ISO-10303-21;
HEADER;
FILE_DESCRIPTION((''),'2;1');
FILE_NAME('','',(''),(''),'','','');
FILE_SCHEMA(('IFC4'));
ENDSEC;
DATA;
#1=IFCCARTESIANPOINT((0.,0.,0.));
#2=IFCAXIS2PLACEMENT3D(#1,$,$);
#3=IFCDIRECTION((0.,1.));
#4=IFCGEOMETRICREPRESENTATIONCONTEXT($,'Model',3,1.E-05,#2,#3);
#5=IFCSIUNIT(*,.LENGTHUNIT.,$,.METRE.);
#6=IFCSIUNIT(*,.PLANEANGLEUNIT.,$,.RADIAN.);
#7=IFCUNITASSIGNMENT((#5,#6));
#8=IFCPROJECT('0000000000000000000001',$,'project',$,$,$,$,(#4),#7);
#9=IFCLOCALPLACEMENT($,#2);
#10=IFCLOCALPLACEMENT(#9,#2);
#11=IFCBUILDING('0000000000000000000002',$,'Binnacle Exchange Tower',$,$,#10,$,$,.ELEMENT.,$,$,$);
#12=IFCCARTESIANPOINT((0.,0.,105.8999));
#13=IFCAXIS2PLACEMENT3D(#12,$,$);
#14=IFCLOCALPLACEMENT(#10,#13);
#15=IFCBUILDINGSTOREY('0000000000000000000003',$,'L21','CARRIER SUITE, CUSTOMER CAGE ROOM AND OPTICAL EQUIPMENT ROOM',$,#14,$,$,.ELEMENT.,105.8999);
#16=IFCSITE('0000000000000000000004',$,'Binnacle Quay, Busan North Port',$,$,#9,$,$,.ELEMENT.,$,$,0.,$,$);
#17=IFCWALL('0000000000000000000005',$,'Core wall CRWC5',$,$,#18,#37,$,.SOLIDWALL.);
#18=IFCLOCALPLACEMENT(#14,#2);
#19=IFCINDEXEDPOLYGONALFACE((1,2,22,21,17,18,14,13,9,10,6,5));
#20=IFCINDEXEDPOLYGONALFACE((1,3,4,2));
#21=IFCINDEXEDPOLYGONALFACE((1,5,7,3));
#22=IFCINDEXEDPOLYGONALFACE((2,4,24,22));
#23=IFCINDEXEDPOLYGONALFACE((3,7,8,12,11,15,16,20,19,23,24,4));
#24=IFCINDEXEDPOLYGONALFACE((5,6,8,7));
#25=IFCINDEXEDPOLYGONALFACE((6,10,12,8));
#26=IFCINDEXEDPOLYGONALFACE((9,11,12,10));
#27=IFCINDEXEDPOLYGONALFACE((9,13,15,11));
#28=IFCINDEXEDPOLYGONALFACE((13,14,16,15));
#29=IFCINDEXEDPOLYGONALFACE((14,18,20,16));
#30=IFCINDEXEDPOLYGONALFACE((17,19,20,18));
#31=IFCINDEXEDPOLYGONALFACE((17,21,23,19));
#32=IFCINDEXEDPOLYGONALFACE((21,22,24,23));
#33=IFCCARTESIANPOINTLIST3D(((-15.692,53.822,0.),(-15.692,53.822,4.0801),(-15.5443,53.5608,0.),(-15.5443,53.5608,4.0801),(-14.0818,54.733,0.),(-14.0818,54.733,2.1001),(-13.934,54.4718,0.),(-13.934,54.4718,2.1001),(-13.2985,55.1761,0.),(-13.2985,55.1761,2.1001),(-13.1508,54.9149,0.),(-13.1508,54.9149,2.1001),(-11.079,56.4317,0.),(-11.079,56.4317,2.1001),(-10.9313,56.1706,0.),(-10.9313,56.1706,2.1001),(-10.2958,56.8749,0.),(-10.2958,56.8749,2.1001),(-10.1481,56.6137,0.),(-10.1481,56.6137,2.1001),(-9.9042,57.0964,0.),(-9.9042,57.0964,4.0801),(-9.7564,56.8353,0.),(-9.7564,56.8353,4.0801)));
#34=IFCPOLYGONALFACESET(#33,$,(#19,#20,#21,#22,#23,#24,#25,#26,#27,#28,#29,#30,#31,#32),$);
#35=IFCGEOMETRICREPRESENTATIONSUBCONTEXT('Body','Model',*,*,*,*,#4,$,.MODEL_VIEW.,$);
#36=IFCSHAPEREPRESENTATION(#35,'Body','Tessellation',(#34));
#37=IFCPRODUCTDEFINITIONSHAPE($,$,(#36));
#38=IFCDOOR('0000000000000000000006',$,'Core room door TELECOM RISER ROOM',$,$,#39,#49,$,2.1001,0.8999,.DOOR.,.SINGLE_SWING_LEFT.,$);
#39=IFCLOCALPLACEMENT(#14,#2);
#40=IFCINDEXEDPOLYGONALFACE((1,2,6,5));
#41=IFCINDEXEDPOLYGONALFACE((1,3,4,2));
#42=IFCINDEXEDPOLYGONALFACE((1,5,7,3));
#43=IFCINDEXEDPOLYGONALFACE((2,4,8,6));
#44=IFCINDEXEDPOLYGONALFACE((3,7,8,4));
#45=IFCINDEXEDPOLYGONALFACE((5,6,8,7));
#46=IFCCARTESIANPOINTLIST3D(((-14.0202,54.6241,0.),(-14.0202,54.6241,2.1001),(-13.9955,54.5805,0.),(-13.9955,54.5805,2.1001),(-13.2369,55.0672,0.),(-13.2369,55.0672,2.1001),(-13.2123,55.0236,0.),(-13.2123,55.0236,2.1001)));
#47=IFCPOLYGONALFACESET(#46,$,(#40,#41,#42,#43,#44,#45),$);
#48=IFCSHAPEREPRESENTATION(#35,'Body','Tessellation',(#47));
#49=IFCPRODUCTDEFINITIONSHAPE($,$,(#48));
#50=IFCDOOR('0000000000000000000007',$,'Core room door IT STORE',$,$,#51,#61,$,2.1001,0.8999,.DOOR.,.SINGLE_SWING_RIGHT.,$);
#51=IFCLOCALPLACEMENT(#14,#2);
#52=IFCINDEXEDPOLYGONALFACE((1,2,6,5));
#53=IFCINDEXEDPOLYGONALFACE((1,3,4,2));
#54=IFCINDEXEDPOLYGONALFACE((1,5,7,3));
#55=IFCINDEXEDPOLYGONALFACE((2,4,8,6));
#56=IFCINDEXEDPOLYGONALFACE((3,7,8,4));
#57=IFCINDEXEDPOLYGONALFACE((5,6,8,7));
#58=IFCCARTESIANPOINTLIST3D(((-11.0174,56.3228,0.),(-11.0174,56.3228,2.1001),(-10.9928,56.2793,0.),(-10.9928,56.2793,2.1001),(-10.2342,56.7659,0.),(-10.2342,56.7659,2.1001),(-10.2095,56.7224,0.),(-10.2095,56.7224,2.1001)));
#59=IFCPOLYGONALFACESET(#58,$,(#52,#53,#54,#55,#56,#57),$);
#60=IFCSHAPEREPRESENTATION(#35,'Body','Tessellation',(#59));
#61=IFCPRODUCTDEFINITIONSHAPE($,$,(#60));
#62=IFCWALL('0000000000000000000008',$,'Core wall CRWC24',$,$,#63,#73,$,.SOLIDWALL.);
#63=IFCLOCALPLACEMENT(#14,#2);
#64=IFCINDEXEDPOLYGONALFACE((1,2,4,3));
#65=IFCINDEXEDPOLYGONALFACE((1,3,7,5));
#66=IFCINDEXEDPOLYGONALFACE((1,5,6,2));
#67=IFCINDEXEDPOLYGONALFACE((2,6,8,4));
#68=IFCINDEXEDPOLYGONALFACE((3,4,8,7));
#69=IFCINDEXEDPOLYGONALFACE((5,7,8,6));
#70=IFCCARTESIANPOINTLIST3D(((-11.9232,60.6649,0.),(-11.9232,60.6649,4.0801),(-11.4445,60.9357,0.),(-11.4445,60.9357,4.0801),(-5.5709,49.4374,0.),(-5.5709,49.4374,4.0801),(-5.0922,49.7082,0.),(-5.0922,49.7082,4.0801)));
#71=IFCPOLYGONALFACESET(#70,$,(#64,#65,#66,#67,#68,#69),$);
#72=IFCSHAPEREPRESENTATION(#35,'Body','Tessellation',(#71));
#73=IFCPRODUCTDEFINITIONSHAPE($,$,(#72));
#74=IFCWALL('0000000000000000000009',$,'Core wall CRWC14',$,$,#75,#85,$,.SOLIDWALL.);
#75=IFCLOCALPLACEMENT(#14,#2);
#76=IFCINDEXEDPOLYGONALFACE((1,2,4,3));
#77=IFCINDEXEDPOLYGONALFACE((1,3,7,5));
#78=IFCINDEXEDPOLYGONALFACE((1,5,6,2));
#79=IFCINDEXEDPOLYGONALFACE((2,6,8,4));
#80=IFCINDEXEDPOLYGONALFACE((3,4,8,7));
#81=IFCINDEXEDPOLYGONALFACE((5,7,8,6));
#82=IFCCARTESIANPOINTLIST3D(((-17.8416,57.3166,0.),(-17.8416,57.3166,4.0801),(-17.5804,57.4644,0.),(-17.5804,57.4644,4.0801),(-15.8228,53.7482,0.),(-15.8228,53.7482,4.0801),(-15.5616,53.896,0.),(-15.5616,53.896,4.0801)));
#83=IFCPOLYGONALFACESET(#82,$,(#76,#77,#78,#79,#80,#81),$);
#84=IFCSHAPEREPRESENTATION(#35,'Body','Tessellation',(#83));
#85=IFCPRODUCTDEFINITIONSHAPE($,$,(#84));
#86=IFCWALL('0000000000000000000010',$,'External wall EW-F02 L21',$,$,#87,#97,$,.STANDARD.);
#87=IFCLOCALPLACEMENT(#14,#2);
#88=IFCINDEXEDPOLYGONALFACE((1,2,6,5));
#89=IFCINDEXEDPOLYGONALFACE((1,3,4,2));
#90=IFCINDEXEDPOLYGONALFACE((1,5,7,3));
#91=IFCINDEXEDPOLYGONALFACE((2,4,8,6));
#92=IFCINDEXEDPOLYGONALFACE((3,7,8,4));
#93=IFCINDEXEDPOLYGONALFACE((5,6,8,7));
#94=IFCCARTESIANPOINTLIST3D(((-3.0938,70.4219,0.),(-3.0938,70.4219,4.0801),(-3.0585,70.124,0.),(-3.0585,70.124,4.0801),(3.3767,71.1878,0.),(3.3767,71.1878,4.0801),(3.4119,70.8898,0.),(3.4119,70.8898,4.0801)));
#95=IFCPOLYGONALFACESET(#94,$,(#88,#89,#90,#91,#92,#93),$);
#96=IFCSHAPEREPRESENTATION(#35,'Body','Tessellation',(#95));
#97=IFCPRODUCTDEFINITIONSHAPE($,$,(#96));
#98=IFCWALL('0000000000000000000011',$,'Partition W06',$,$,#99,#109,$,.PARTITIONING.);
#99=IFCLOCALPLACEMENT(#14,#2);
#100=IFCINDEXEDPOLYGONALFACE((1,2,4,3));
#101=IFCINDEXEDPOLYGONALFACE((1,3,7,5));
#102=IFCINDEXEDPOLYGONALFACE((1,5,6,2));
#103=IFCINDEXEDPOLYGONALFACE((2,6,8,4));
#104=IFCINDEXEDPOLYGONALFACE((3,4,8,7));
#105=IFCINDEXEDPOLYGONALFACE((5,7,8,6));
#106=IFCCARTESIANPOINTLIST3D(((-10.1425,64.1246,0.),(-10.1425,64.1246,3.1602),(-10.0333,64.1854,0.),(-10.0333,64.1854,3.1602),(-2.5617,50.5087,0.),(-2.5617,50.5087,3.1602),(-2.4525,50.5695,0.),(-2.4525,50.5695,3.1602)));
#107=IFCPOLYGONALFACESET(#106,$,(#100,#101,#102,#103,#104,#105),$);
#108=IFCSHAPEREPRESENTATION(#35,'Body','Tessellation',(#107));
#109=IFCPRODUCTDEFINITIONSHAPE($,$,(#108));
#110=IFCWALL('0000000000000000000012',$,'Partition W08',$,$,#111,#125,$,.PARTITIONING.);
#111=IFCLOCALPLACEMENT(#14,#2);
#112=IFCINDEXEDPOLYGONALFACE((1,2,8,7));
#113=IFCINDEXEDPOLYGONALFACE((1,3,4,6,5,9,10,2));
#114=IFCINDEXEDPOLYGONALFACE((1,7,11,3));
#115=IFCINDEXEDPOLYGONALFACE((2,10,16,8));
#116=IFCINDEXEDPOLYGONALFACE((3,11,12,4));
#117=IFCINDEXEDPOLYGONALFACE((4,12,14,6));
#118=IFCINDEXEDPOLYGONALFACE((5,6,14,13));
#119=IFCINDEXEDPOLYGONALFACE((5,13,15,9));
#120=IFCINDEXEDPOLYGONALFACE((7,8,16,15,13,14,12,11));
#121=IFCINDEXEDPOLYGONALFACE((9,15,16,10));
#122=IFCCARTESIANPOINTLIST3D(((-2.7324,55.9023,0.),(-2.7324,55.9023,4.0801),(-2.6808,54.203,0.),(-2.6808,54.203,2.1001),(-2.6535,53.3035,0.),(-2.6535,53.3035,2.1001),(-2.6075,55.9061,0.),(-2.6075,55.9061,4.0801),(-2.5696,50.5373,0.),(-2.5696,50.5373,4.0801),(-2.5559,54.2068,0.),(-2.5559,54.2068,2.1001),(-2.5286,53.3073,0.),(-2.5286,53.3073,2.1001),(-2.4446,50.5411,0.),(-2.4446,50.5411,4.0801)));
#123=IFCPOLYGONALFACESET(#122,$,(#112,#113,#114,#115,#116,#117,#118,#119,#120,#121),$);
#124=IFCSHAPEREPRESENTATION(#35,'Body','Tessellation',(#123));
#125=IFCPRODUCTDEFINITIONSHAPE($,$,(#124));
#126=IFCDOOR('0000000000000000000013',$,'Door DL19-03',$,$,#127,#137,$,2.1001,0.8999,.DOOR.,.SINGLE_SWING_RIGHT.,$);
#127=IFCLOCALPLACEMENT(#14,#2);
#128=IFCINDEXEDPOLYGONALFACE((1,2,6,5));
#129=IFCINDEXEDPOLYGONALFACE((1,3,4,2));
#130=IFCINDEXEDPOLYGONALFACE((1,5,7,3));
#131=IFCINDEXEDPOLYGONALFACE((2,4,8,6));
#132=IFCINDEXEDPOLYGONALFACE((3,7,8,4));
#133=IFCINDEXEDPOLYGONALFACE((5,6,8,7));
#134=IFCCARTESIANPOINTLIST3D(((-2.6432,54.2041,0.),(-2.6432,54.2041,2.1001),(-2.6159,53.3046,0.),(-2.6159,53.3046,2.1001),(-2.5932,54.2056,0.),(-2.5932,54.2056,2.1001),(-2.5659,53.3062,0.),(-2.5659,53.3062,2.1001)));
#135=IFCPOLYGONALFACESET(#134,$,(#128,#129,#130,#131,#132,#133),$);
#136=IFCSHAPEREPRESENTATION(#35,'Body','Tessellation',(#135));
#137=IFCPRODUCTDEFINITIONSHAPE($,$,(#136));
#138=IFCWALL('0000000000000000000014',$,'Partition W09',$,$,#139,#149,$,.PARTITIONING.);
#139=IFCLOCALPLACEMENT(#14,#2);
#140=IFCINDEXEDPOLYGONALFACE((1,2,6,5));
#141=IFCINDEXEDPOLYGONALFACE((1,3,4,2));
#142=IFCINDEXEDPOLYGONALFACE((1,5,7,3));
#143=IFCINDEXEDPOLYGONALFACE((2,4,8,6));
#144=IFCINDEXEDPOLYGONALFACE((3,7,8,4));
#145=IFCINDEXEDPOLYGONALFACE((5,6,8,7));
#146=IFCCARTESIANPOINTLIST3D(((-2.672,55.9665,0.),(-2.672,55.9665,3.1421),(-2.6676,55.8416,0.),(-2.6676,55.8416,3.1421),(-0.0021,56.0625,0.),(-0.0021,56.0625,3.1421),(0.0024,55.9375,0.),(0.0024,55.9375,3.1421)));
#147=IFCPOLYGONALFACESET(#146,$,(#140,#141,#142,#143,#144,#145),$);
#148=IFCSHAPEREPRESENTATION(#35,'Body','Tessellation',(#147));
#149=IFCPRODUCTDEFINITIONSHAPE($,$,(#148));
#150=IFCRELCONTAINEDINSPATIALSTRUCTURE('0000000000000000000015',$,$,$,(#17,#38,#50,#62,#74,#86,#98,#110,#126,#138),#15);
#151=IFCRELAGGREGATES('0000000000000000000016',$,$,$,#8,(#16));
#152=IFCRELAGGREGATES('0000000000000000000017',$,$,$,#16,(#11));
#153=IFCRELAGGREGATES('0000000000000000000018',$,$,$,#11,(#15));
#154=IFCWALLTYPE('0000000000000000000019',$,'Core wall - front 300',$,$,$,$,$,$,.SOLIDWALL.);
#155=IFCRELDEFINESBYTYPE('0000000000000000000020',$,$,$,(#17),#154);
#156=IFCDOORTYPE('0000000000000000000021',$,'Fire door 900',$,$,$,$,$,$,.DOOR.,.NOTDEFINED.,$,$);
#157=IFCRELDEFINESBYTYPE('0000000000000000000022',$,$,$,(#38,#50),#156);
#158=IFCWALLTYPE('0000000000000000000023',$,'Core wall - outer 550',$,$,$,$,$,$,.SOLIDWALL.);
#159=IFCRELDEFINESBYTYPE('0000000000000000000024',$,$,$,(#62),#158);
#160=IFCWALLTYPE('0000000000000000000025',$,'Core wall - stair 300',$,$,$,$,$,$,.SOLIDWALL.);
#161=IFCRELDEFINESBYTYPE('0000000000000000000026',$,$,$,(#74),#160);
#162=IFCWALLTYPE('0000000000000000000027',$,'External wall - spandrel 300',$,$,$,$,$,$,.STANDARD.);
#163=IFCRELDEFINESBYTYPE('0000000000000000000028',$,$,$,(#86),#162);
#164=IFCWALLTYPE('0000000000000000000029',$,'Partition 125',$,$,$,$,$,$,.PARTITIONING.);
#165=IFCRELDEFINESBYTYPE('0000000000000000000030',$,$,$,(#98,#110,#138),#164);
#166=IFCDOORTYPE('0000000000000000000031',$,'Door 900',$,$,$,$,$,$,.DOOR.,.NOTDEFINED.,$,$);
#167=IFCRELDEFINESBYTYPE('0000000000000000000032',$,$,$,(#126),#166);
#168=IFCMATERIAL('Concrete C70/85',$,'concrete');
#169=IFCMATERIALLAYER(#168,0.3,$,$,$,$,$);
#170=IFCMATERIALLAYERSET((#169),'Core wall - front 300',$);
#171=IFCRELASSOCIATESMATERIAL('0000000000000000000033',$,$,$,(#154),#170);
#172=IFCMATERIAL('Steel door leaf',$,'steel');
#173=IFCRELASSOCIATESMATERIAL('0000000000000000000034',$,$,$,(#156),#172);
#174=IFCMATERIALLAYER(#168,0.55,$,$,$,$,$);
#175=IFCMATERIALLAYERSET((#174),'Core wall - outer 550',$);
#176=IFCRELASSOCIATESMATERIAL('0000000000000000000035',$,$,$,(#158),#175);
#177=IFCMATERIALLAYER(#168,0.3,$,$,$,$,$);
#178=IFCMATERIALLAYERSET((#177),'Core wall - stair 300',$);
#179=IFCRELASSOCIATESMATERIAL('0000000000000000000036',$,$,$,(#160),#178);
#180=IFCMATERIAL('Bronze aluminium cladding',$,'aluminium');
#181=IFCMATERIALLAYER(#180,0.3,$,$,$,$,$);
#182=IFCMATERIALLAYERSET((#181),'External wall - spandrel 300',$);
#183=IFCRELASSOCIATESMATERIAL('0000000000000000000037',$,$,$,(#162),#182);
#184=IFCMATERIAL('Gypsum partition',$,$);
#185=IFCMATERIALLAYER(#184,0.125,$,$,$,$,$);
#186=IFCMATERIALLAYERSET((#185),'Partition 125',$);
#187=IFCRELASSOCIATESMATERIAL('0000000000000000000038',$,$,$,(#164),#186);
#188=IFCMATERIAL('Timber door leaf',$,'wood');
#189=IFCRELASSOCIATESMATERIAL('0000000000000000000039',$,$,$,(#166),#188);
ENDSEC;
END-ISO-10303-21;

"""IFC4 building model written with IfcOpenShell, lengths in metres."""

from ifc_helpers import new_model, si_unit, direction, frame, frame_2d, origin, place, context, subcontext, project, spatial, rectangle, extrude, material, layer, layer_set, type_object, element, fill, save


model = new_model("IFC4")

# Units and contexts
model_context = context("Model", 3, precision=1e-05, world=origin(), true_north=direction((0.0, 1.0)))
body_context = subcontext(model_context, "Body", "Model", "MODEL_VIEW")
ifc_project = project(units=[si_unit("LENGTHUNIT", "METRE"), si_unit("PLANEANGLEUNIT", "RADIAN")], contexts=[model_context])

# Site, building, storey
site_placement = place(None, origin())
site = spatial("IfcSite", under=ifc_project, at=site_placement, Name="Binnacle Quay, Busan North Port", CompositionType="ELEMENT", RefElevation=0.0)
building_placement = place(site_placement, origin())
building = spatial("IfcBuilding", under=site, at=building_placement, Name="Binnacle Exchange Tower", CompositionType="ELEMENT")
storey_placement = place(building_placement, frame((0.0, 0.0, 105.8999)))
storey = spatial("IfcBuildingStorey", under=building, at=storey_placement, Name="L21", Description="CARRIER SUITE, CUSTOMER CAGE ROOM AND OPTICAL EQUIPMENT ROOM", CompositionType="ELEMENT", Elevation=105.8999)

# Shared definitions
ifc_material_1 = material(Name="Concrete C70/85", Category="concrete")

# Wall, openings, doors
ifc_layer_1 = layer(ifc_material_1, 0.3)
ifc_layer_set_1 = layer_set([ifc_layer_1], Name="Core wall - front 300")
wall_type_1 = type_object("IfcWallType", Name="Core wall - front 300", PredefinedType="SOLIDWALL", material=ifc_layer_set_1)
wall_1_placement = place(storey_placement, frame((-15.6182, 53.6914, 0.0), z_axis=(0.0, 0.0, 1.0), x_axis=(0.870368, 0.492402, 0.0)))
wall_1 = element("IfcWall", 1, at=wall_1_placement, inside=storey, type_object=wall_type_1, Name="Core wall CRWC5", PredefinedType="SOLIDWALL", context=body_context, shape_type="SweptSolid", body=[
    extrude(rectangle(XDim=6.6499, YDim=0.3, at=frame_2d((3.325, 0.0))), origin(), (0.0, 0.0, 1.0), 4.0801),
])
opening_1_placement = place(wall_1_placement, frame((1.8501, 0.0, 0.0)))
opening_1 = element("IfcOpeningElement", 2, at=opening_1_placement, cuts=wall_1, PredefinedType="OPENING", context=body_context, shape_type="SweptSolid", body=[
    extrude(rectangle(XDim=0.8999, YDim=2.1001, at=frame_2d((0.45, 1.05))), frame((0.0, 0.1599, 0.0), z_axis=(0.0, -1.0, 0.0), x_axis=(1.0, 0.0, 0.0)), (0.0, 0.0, 1.0), 0.3201),
])
opening_2_placement = place(wall_1_placement, frame((5.3, 0.0, 0.0)))
opening_2 = element("IfcOpeningElement", 3, at=opening_2_placement, cuts=wall_1, PredefinedType="OPENING", context=body_context, shape_type="SweptSolid", body=[
    extrude(rectangle(XDim=0.8999, YDim=2.1001, at=frame_2d((0.45, 1.05))), frame((0.0, 0.1599, 0.0), z_axis=(0.0, -1.0, 0.0), x_axis=(1.0, 0.0, 0.0)), (0.0, 0.0, 1.0), 0.3201),
])
ifc_material_2 = material(Name="Steel door leaf", Category="steel")
door_type_1 = type_object("IfcDoorType", Name="Fire door 900", OperationType="NOTDEFINED", PredefinedType="DOOR", material=ifc_material_2)
door_1_placement = place(opening_1_placement, origin())
door_1 = element("IfcDoor", 4, at=door_1_placement, inside=storey, type_object=door_type_1, Name="Core room door TELECOM RISER ROOM", OperationType="SINGLE_SWING_LEFT", OverallHeight=2.1001, OverallWidth=0.8999, PredefinedType="DOOR", context=body_context, shape_type="SweptSolid", body=[
    extrude(rectangle(XDim=0.8999, YDim=2.1001, at=frame_2d((0.45, 1.05))), frame((0.0, 0.0249, 0.0), z_axis=(0.0, -1.0, 0.0), x_axis=(1.0, 0.0, 0.0)), (0.0, 0.0, 1.0), 0.05),
])
fill(opening_1, door_1)
door_2_placement = place(opening_2_placement, origin())
door_2 = element("IfcDoor", 5, at=door_2_placement, inside=storey, type_object=door_type_1, Name="Core room door IT STORE", OperationType="SINGLE_SWING_RIGHT", OverallHeight=2.1001, OverallWidth=0.8999, PredefinedType="DOOR", context=body_context, shape_type="SweptSolid", body=[
    extrude(rectangle(XDim=0.8999, YDim=2.1001, at=frame_2d((0.45, 1.05))), frame((0.0, 0.0249, 0.0), z_axis=(0.0, -1.0, 0.0), x_axis=(1.0, 0.0, 0.0)), (0.0, 0.0, 1.0), 0.05),
])
fill(opening_2, door_2)

# Walls
ifc_layer_2 = layer(ifc_material_1, 0.55)
ifc_layer_set_2 = layer_set([ifc_layer_2], Name="Core wall - outer 550")
wall_type_2 = type_object("IfcWallType", Name="Core wall - outer 550", PredefinedType="SOLIDWALL", material=ifc_layer_set_2)
wall_2_placement = place(storey_placement, frame((-11.6838, 60.8003, 0.0), z_axis=(0.0, 0.0, 1.0), x_axis=(0.492427, -0.870354, 0.0)))
element("IfcWall", 6, at=wall_2_placement, inside=storey, type_object=wall_type_2, Name="Core wall CRWC24", PredefinedType="SOLIDWALL", context=body_context, shape_type="SweptSolid", body=[
    extrude(rectangle(XDim=12.8999, YDim=0.55, at=frame_2d((6.45, 0.0))), origin(), (0.0, 0.0, 1.0), 4.0801),
])
ifc_layer_3 = layer(ifc_material_1, 0.3)
ifc_layer_set_3 = layer_set([ifc_layer_3], Name="Core wall - stair 300")
wall_type_3 = type_object("IfcWallType", Name="Core wall - stair 300", PredefinedType="SOLIDWALL", material=ifc_layer_set_3)
wall_3_placement = place(storey_placement, frame((-17.7109, 57.3904, 0.0), z_axis=(0.0, 0.0, 1.0), x_axis=(0.492408, -0.870364, 0.0)))
element("IfcWall", 7, at=wall_3_placement, inside=storey, type_object=wall_type_3, Name="Core wall CRWC14", PredefinedType="SOLIDWALL", context=body_context, shape_type="SweptSolid", body=[
    extrude(rectangle(XDim=4.0999, YDim=0.3, at=frame_2d((2.0498, 0.0))), origin(), (0.0, 0.0, 1.0), 4.0801),
])
ifc_material_3 = material(Name="Bronze aluminium cladding", Category="aluminium")
ifc_layer_4 = layer(ifc_material_3, 0.3)
ifc_layer_set_4 = layer_set([ifc_layer_4], Name="External wall - spandrel 300")
wall_type_4 = type_object("IfcWallType", Name="External wall - spandrel 300", PredefinedType="STANDARD", material=ifc_layer_set_4)
wall_4_placement = place(storey_placement, frame((-3.0762, 70.2729, 0.0), z_axis=(0.0, 0.0, 1.0), x_axis=(0.993068, 0.117543, 0.0)))
element("IfcWall", 8, at=wall_4_placement, inside=storey, type_object=wall_type_4, Name="External wall EW-F02 L21", PredefinedType="STANDARD", context=body_context, shape_type="SweptSolid", body=[
    extrude(rectangle(XDim=6.5156, YDim=0.3, at=frame_2d((3.2578, 0.0))), origin(), (0.0, 0.0, 1.0), 4.0801),
])
ifc_material_4 = material(Name="Gypsum partition")
ifc_layer_5 = layer(ifc_material_4, 0.125)
ifc_layer_set_5 = layer_set([ifc_layer_5], Name="Partition 125")
wall_type_5 = type_object("IfcWallType", Name="Partition 125", PredefinedType="PARTITIONING", material=ifc_layer_set_5)
wall_5_placement = place(storey_placement, frame((-10.0879, 64.155, 0.0), z_axis=(0.0, 0.0, 1.0), x_axis=(0.486446, -0.873711, 0.0)))
element("IfcWall", 9, at=wall_5_placement, inside=storey, type_object=wall_type_5, Name="Partition W06", PredefinedType="PARTITIONING", context=body_context, shape_type="SweptSolid", body=[
    extrude(rectangle(XDim=15.584, YDim=0.125, at=frame_2d((7.792, 0.0))), origin(), (0.0, 0.0, 1.0), 3.1602),
])

# Wall, opening, door
wall_6_placement = place(storey_placement, frame((-2.6699, 55.9041, 0.0), z_axis=(0.0, 0.0, 1.0), x_axis=(0.030339, -0.99954, 0.0)))
wall_6 = element("IfcWall", 10, at=wall_6_placement, inside=storey, type_object=wall_type_5, Name="Partition W08", PredefinedType="PARTITIONING", context=body_context, shape_type="SweptSolid", body=[
    extrude(rectangle(XDim=5.3674, YDim=0.125, at=frame_2d((2.6836, 0.0))), origin(), (0.0, 0.0, 1.0), 4.0801),
])
opening_3_placement = place(wall_6_placement, frame((1.7, 0.0, 0.0)))
opening_3 = element("IfcOpeningElement", 11, at=opening_3_placement, cuts=wall_6, PredefinedType="OPENING", context=body_context, shape_type="SweptSolid", body=[
    extrude(rectangle(XDim=0.8999, YDim=2.1001, at=frame_2d((0.45, 1.05))), frame((0.0, 0.0725, 0.0), z_axis=(0.0, -1.0, 0.0), x_axis=(1.0, 0.0, 0.0)), (0.0, 0.0, 1.0), 0.145),
])
ifc_material_5 = material(Name="Timber door leaf", Category="wood")
door_type_2 = type_object("IfcDoorType", Name="Door 900", OperationType="NOTDEFINED", PredefinedType="DOOR", material=ifc_material_5)
door_3_placement = place(opening_3_placement, frame((0.8999, 0.0, 0.0), z_axis=(0.0, 0.0, 1.0), x_axis=(-1.0, 0.0, 0.0)))
door_3 = element("IfcDoor", 12, at=door_3_placement, inside=storey, type_object=door_type_2, Name="Door DL19-03", OperationType="SINGLE_SWING_RIGHT", OverallHeight=2.1001, OverallWidth=0.8999, PredefinedType="DOOR", context=body_context, shape_type="SweptSolid", body=[
    extrude(rectangle(XDim=0.8999, YDim=2.1001, at=frame_2d((0.45, 1.05))), frame((0.0, 0.0249, 0.0), z_axis=(0.0, -1.0, 0.0), x_axis=(1.0, 0.0, 0.0)), (0.0, 0.0, 1.0), 0.05),
])
fill(opening_3, door_3)

# Wall
wall_7_placement = place(storey_placement, frame((-2.6699, 55.9041, 0.0), z_axis=(0.0, 0.0, 1.0), x_axis=(0.999355, 0.035913, 0.0)))
element("IfcWall", 13, at=wall_7_placement, inside=storey, type_object=wall_type_5, Name="Partition W09", PredefinedType="PARTITIONING", context=body_context, shape_type="SweptSolid", body=[
    extrude(rectangle(XDim=2.6716, YDim=0.125, at=frame_2d((1.3359, 0.0))), origin(), (0.0, 0.0, 1.0), 3.1421),
])

save(model, "model.ifc")
